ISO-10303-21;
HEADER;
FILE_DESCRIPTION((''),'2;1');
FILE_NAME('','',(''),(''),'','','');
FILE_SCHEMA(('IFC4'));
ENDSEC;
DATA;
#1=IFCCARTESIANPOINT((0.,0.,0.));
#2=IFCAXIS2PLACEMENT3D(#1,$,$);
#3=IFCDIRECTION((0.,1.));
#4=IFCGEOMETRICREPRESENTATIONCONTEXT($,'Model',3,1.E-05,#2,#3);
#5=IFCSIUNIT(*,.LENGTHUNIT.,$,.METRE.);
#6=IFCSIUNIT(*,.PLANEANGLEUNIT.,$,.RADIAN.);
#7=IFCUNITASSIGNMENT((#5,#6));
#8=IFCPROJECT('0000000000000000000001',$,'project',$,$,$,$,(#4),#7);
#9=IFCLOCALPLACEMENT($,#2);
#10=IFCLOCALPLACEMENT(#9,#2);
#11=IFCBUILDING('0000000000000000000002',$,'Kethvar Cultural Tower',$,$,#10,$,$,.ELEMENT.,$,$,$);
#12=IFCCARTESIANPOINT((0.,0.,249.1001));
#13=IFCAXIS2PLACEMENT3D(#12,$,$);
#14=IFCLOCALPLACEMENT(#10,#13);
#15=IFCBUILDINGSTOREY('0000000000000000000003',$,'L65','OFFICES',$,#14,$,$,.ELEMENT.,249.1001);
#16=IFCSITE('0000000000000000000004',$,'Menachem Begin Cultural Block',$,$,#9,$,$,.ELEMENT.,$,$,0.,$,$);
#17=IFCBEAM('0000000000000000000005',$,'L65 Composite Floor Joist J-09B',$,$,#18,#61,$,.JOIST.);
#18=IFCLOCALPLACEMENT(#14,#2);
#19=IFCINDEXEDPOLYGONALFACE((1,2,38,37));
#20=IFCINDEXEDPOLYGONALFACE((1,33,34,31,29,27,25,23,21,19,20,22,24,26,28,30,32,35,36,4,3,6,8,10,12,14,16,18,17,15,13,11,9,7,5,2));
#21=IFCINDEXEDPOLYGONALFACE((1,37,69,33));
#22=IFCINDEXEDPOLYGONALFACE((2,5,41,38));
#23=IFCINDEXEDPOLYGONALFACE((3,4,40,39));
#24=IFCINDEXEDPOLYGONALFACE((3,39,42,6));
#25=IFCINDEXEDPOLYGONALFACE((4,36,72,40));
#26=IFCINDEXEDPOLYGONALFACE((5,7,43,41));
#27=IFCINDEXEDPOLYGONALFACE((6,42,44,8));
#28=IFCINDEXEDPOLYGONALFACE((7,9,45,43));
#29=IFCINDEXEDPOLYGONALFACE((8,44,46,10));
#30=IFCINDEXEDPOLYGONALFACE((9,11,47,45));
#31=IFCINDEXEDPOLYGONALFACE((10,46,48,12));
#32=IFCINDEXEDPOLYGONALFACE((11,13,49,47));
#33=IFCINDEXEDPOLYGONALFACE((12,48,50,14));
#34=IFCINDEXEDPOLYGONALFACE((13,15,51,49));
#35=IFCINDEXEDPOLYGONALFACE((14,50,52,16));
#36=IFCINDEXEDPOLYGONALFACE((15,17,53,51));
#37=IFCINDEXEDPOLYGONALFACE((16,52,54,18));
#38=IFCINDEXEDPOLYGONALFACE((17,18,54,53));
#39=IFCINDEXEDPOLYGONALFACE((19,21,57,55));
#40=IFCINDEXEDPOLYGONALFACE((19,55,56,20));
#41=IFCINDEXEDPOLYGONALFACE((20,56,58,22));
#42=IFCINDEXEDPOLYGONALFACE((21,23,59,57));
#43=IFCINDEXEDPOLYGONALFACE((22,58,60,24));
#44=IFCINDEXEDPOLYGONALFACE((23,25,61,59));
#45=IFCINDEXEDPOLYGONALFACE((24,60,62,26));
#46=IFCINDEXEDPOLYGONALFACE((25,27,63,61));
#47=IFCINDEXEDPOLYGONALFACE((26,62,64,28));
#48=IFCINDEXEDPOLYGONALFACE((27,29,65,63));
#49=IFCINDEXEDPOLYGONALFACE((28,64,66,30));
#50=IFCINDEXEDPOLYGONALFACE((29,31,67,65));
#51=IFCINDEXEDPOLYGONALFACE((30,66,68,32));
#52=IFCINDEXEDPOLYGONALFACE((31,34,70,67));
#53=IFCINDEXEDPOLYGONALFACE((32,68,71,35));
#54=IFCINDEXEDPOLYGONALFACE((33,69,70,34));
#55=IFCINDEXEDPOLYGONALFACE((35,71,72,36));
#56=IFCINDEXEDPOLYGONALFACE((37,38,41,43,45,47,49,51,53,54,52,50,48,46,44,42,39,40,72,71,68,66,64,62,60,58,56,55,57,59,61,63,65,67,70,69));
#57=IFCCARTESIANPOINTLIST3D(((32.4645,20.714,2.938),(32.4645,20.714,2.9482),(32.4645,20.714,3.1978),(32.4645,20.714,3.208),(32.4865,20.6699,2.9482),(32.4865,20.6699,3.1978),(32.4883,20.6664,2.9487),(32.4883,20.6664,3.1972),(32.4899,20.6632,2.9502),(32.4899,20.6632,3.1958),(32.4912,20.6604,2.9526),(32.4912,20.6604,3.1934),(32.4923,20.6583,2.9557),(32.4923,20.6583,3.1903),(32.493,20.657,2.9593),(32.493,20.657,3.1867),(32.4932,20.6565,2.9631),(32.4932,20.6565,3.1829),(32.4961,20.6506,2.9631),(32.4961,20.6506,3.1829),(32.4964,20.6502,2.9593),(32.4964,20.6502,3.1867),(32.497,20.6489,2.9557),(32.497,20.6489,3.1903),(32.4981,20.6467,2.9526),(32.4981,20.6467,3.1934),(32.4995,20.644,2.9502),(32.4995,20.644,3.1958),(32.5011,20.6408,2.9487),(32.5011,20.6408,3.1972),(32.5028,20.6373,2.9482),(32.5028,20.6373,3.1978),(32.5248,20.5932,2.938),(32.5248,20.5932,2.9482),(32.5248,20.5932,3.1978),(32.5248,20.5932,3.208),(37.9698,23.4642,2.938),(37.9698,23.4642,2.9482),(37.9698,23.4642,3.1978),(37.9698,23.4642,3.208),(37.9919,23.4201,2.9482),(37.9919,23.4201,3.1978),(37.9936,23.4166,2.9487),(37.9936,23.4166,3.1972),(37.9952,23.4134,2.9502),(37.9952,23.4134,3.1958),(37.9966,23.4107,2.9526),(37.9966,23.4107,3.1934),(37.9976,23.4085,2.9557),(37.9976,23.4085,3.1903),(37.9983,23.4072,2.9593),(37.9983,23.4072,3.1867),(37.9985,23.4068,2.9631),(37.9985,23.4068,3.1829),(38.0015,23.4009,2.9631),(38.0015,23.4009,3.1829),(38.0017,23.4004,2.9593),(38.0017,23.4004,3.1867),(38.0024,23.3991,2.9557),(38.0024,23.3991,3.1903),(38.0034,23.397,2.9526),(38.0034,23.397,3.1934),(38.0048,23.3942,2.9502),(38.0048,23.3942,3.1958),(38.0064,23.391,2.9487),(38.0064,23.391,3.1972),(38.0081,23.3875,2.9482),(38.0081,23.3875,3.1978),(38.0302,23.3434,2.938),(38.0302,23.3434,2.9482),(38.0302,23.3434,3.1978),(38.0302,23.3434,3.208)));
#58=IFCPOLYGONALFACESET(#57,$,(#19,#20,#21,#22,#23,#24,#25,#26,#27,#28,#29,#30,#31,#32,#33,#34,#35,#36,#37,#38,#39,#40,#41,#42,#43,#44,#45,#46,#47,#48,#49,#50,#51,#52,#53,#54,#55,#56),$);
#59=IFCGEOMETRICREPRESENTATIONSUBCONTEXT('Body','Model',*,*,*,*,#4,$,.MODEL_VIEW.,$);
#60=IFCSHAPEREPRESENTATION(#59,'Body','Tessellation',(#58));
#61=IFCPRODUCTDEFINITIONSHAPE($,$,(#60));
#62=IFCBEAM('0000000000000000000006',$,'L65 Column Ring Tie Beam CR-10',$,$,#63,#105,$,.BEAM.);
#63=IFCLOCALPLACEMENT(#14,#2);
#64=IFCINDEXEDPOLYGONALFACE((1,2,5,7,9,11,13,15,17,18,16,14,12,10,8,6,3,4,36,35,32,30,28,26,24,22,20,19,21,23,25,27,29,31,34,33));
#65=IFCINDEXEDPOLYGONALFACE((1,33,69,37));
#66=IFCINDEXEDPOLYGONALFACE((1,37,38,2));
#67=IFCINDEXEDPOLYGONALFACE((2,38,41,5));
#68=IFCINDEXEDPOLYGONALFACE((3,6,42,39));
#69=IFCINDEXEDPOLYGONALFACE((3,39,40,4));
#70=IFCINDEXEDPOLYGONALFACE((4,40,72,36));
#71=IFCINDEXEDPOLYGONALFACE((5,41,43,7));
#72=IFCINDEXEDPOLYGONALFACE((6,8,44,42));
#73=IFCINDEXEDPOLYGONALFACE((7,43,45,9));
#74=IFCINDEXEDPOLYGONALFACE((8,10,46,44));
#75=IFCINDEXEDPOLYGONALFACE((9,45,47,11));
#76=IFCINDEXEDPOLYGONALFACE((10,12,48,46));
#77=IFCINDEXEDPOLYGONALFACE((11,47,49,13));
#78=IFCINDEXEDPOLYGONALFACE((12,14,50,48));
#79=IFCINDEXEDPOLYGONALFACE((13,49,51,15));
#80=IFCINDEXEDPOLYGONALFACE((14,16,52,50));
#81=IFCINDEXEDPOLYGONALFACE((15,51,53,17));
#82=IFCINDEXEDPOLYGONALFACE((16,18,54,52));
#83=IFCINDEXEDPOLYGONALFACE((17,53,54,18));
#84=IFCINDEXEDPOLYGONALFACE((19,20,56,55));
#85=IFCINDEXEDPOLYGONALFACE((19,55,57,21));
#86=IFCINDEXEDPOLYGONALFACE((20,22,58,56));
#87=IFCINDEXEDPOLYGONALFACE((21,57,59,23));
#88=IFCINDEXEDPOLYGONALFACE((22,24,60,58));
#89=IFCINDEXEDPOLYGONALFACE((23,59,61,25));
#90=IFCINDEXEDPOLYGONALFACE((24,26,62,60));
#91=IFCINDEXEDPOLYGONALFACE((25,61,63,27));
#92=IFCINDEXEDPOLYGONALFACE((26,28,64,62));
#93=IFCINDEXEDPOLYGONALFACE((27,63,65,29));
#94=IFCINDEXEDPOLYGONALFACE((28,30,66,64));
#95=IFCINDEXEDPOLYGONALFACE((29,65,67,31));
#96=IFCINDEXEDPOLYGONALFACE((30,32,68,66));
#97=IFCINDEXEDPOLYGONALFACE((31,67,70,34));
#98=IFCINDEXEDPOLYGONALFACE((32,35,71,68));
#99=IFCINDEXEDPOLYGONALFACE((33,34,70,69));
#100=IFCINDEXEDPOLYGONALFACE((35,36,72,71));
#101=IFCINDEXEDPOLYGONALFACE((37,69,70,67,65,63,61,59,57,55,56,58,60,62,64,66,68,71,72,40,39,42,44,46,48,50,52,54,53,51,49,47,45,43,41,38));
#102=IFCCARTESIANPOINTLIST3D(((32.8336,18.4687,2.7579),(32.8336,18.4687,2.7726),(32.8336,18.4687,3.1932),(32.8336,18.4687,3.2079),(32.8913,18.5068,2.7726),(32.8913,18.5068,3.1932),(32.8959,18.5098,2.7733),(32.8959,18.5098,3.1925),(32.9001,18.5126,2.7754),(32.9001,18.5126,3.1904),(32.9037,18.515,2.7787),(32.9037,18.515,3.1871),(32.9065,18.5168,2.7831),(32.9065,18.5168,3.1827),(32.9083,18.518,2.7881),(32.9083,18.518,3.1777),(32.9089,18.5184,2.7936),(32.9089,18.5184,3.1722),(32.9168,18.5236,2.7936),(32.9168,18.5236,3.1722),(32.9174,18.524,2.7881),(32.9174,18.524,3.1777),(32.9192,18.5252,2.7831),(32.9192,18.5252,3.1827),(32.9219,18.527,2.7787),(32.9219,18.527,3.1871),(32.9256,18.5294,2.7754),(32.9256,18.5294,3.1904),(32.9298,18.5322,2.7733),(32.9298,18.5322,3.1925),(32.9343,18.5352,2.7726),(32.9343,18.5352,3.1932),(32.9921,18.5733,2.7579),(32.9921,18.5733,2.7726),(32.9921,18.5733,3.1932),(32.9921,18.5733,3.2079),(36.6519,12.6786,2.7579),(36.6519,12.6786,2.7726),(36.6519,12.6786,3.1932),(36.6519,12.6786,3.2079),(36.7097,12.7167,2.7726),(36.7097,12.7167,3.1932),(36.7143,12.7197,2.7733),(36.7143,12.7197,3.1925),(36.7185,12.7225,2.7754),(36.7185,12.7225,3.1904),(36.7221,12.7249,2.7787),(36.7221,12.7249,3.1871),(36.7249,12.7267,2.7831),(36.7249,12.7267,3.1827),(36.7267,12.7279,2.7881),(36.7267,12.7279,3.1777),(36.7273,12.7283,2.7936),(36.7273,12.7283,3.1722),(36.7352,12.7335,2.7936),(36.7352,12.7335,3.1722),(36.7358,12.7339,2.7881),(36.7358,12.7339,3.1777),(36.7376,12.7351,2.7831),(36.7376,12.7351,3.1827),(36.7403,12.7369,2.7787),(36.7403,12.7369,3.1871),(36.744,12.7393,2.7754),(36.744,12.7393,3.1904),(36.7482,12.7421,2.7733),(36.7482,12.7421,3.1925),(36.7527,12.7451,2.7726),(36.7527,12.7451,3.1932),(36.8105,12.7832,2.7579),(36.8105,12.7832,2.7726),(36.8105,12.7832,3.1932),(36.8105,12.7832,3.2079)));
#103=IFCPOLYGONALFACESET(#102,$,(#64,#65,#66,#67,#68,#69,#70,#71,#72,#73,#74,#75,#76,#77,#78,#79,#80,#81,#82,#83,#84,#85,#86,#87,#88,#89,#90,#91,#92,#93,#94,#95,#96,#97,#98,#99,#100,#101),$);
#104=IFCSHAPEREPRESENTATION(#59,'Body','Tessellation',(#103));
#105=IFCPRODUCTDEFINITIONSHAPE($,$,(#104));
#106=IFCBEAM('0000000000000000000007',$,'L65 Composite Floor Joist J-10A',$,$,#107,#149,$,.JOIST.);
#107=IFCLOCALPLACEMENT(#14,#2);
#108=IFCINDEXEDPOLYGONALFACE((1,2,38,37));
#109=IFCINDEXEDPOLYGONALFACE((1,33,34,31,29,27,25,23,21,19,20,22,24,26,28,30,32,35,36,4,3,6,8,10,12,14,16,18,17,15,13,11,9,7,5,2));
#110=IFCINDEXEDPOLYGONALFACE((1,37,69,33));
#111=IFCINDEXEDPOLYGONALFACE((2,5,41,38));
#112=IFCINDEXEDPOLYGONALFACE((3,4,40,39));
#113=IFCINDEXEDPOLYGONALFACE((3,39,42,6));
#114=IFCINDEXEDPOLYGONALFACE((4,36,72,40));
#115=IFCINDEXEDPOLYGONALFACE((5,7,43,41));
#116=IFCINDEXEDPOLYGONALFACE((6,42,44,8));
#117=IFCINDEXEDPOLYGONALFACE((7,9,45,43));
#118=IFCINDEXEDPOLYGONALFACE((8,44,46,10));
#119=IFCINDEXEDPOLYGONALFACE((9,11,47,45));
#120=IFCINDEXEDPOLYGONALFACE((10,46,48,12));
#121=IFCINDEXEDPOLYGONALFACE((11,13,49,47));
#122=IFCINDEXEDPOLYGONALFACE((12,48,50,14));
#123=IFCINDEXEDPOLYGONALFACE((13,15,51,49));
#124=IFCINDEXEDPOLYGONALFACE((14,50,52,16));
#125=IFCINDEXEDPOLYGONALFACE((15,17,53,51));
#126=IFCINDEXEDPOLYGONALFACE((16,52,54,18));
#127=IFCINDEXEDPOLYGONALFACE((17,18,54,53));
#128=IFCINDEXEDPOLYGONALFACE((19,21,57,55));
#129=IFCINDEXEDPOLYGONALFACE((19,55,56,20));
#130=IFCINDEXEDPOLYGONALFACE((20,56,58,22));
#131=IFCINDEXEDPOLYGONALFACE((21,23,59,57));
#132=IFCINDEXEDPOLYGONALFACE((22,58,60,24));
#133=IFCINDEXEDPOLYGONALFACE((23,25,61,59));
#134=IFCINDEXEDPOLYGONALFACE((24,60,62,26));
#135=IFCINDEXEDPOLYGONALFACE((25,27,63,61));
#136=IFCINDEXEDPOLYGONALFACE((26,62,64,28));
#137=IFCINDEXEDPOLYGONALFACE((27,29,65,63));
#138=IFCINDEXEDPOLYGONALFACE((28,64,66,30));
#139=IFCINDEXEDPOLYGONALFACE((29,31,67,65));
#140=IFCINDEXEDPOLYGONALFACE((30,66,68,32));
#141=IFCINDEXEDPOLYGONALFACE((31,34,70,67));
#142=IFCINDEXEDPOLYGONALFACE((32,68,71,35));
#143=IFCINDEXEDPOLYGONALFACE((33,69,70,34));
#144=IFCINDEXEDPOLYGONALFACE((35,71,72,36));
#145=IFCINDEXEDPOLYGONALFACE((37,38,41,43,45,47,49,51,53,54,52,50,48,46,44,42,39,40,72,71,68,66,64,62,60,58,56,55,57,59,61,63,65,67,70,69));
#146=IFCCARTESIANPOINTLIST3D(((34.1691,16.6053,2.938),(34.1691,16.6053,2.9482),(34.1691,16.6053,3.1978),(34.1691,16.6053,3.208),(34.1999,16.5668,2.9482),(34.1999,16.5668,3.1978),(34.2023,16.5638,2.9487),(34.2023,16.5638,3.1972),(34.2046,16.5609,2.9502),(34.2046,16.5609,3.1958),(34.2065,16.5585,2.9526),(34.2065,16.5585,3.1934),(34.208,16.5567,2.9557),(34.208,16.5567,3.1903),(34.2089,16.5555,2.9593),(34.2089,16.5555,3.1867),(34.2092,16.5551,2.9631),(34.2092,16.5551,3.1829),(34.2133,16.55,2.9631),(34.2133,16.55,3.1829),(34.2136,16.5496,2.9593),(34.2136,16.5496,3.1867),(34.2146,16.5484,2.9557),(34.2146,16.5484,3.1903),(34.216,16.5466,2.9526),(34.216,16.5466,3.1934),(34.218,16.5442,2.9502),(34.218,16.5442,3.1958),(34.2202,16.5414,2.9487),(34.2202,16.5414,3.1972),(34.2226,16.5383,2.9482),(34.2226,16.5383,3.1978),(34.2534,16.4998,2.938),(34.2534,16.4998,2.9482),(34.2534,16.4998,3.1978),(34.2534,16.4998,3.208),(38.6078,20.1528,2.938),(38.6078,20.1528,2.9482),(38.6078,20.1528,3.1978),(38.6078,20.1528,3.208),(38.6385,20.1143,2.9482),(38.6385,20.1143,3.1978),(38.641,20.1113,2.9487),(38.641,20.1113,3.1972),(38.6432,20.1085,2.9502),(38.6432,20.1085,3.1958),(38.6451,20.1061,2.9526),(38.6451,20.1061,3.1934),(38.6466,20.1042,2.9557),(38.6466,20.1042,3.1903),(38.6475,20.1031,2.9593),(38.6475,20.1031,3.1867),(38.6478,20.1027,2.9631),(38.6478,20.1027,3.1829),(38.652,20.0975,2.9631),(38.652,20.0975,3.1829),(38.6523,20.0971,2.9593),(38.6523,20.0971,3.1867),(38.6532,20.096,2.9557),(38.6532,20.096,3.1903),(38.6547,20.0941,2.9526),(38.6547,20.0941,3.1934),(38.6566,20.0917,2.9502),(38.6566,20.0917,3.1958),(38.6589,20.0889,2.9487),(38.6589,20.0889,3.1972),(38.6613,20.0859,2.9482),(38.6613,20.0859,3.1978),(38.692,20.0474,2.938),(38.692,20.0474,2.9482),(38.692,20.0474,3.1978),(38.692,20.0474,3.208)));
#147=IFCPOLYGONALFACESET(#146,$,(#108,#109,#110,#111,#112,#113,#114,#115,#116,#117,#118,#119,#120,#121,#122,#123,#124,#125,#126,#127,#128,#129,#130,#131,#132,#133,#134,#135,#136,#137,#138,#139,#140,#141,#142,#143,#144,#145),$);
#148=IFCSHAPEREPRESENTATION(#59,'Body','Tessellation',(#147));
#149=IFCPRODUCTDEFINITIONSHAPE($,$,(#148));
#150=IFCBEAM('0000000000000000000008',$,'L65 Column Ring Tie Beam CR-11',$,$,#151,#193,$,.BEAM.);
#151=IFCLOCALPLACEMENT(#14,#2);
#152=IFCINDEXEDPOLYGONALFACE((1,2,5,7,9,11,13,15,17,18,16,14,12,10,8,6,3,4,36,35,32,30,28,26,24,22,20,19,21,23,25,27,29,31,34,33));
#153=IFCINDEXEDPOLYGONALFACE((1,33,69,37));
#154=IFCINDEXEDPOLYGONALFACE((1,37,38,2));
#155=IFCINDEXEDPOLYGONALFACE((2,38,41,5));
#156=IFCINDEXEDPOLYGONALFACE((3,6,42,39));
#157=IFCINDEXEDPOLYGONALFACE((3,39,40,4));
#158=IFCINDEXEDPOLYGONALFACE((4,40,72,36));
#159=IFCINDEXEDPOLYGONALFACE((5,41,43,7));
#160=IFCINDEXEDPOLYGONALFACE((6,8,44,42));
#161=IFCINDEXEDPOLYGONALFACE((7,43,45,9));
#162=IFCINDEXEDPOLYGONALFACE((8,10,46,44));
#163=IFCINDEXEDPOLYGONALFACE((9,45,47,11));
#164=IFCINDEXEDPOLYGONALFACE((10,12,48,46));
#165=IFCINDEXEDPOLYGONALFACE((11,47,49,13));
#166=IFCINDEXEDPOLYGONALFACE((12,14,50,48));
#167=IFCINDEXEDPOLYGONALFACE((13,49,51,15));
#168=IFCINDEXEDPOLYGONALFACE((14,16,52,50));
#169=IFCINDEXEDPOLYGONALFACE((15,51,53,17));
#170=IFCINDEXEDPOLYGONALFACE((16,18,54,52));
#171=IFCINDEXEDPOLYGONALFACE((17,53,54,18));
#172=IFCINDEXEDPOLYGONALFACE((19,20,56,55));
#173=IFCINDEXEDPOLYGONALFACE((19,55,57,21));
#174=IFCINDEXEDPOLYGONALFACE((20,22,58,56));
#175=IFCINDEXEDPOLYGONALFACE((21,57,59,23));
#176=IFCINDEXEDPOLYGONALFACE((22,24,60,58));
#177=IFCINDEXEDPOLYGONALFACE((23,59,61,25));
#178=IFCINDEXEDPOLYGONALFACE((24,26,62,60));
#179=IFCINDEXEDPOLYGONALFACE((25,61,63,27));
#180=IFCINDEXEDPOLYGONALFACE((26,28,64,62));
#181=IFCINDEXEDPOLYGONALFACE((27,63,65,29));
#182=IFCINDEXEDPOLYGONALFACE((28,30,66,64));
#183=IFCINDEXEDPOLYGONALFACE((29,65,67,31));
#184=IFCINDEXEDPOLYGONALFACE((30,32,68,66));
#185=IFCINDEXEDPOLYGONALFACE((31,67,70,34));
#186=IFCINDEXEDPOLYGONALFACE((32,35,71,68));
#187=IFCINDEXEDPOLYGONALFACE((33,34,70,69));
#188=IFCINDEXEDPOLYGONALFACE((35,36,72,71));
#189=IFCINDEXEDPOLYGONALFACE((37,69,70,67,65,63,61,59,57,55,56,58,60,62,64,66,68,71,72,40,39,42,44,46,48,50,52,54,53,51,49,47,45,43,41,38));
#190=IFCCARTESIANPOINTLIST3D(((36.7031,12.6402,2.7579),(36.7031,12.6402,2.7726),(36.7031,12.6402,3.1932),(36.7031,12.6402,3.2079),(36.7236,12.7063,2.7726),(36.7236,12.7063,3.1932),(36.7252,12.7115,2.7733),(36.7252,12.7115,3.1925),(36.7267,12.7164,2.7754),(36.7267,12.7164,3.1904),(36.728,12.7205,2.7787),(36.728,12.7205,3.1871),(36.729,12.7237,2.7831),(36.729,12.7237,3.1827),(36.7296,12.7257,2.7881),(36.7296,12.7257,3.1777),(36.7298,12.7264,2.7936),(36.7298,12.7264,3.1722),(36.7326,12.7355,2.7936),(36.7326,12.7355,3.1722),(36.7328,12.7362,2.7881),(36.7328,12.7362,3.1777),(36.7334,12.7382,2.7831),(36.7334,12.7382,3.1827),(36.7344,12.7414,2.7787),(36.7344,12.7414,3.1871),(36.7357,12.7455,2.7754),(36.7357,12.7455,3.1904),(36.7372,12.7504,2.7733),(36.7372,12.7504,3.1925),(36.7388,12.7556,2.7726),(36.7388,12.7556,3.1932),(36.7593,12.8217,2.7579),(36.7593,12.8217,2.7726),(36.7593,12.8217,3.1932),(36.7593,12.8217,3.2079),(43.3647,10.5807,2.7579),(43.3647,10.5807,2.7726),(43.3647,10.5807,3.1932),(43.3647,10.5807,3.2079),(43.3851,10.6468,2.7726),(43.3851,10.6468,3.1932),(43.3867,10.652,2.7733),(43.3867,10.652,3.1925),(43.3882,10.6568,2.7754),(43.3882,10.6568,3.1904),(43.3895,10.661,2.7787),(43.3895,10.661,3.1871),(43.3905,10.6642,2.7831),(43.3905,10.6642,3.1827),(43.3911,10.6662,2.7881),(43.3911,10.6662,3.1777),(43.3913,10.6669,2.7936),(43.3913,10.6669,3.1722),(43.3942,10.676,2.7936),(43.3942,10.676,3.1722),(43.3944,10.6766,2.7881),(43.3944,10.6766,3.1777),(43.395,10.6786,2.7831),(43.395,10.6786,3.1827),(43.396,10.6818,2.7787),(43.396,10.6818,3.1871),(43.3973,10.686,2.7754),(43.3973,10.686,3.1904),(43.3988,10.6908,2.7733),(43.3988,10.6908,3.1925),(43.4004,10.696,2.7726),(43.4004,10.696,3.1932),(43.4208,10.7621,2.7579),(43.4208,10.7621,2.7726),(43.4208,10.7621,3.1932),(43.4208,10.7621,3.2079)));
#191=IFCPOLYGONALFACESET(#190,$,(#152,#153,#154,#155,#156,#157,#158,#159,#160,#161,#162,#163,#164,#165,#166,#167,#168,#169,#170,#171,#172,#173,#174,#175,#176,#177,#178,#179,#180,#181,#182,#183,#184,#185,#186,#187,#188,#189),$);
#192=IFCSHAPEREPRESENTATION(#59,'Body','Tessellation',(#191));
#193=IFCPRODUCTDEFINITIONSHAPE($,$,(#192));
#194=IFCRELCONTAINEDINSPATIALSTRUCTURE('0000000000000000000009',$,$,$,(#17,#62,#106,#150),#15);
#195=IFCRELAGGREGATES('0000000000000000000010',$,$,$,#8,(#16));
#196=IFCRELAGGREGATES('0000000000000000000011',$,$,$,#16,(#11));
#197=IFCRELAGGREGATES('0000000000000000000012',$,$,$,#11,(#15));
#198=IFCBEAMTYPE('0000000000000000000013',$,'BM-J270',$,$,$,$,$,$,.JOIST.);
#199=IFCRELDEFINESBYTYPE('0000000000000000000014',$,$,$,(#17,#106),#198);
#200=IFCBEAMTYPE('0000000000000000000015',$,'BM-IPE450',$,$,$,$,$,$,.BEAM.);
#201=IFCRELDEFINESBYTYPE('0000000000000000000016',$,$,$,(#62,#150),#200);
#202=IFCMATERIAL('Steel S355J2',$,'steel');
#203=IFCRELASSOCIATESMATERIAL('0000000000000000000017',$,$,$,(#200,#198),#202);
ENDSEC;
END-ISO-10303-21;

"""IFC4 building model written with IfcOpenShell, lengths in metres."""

from ifc_helpers import new_model, si_unit, direction, frame, origin, origin_2d, place, context, subcontext, project, spatial, i_section, extrude, source, transform, mapped, material, material_profile, profile_set, type_object, element, save


model = new_model("IFC4")

# Units and contexts
model_context = context("Model", 3, precision=1e-05, world=origin(), true_north=direction((0.0, 1.0)))
body_context = subcontext(model_context, "Body", "Model", "MODEL_VIEW")
ifc_project = project(units=[si_unit("LENGTHUNIT", "METRE"), si_unit("PLANEANGLEUNIT", "RADIAN")], contexts=[model_context])

# Site, building, storey
site_placement = place(None, origin())
site = spatial("IfcSite", under=ifc_project, at=site_placement, Name="Menachem Begin Cultural Block", CompositionType="ELEMENT", RefElevation=0.0)
building_placement = place(site_placement, origin())
building = spatial("IfcBuilding", under=site, at=building_placement, Name="Kethvar Cultural Tower", CompositionType="ELEMENT")
storey_placement = place(building_placement, frame((0.0, 0.0, 249.1001)))
storey = spatial("IfcBuildingStorey", under=building, at=storey_placement, Name="L65", Description="OFFICES", CompositionType="ELEMENT", Elevation=249.1001)

# Beams
ifc_material_1 = material(Name="Steel S355J2", Category="steel")
ifc_material_profile_1 = material_profile(ifc_material_1, i_section(OverallWidth=0.1899, OverallDepth=0.45, WebThickness=0.0095, FlangeThickness=0.0146, FilletRadius=0.021, at=origin_2d()), Name="Steel S355J2 — IPE450")
ifc_profile_set_1 = profile_set([ifc_material_profile_1], Name="Steel S355J2 — IPE450")
beam_type_1 = type_object("IfcBeamType", Name="BM-IPE450", PredefinedType="BEAM", material=ifc_profile_set_1)
ifc_material_profile_2 = material_profile(ifc_material_1, i_section(OverallWidth=0.135, OverallDepth=0.27, WebThickness=0.0066, FlangeThickness=0.0103, FilletRadius=0.0149, at=origin_2d()), Name="Steel S355J2 — IPE270")
ifc_profile_set_2 = profile_set([ifc_material_profile_2], Name="Steel S355J2 — IPE270")
beam_type_2 = type_object("IfcBeamType", Name="BM-J270", PredefinedType="JOIST", material=ifc_profile_set_2)
shared_shape_1 = source(origin(), body_context, "Body", "SweptSolid", [
    extrude(i_section(OverallWidth=0.135, OverallDepth=0.27, WebThickness=0.0066, FlangeThickness=0.0103, FilletRadius=0.0149, at=origin_2d()), origin(), (0.0, 0.0, 1.0), 6.1541),
])
beam_1_placement = place(storey_placement, frame((38.0, 23.4038, 3.073), z_axis=(-0.894586, -0.446896, 0.0), x_axis=(0.446896, -0.894586, 0.0)))
element("IfcBeam", 1, at=beam_1_placement, inside=storey, type_object=beam_type_2, Name="L65 Composite Floor Joist J-09B", PredefinedType="JOIST", context=body_context, shape_type="MappedRepresentation", body=[
    mapped(shared_shape_1, transform((0.0, 0.0, 0.0), scale=1.0)),
])
shared_shape_2 = source(origin(), body_context, "Body", "SweptSolid", [
    extrude(i_section(OverallWidth=0.1899, OverallDepth=0.45, WebThickness=0.0095, FlangeThickness=0.0146, FilletRadius=0.021, at=origin_2d()), origin(), (0.0, 0.0, 1.0), 6.9358),
])
beam_2_placement = place(storey_placement, frame((32.9128, 18.521, 2.9829), z_axis=(0.550534, -0.834813, 0.0), x_axis=(0.834813, 0.550534, 0.0)))
element("IfcBeam", 2, at=beam_2_placement, inside=storey, type_object=beam_type_1, Name="L65 Column Ring Tie Beam CR-10", PredefinedType="BEAM", context=body_context, shape_type="MappedRepresentation", body=[
    mapped(shared_shape_2, transform((0.0, 0.0, 0.0), scale=1.0)),
])
shared_shape_3 = source(origin(), body_context, "Body", "SweptSolid", [
    extrude(i_section(OverallWidth=0.135, OverallDepth=0.27, WebThickness=0.0066, FlangeThickness=0.0103, FilletRadius=0.0149, at=origin_2d()), origin(), (0.0, 0.0, 1.0), 5.6821),
])
beam_3_placement = place(storey_placement, frame((38.6499, 20.1001, 3.073), z_axis=(-0.781158, -0.624333, 0.0), x_axis=(0.624333, -0.781158, 0.0)))
element("IfcBeam", 3, at=beam_3_placement, inside=storey, type_object=beam_type_2, Name="L65 Composite Floor Joist J-10A", PredefinedType="JOIST", context=body_context, shape_type="MappedRepresentation", body=[
    mapped(shared_shape_3, transform((0.0, 0.0, 0.0), scale=1.0)),
])
shared_shape_4 = source(origin(), body_context, "Body", "SweptSolid", [
    extrude(i_section(OverallWidth=0.1899, OverallDepth=0.45, WebThickness=0.0095, FlangeThickness=0.0146, FilletRadius=0.021, at=origin_2d()), origin(), (0.0, 0.0, 1.0), 6.9727),
])
beam_4_placement = place(storey_placement, frame((36.7312, 12.731, 2.9829), z_axis=(0.955381, -0.295375, 0.0), x_axis=(0.295375, 0.955381, 0.0)))
element("IfcBeam", 4, at=beam_4_placement, inside=storey, type_object=beam_type_1, Name="L65 Column Ring Tie Beam CR-11", PredefinedType="BEAM", context=body_context, shape_type="MappedRepresentation", body=[
    mapped(shared_shape_4, transform((0.0, 0.0, 0.0), scale=1.0)),
])

save(model, "model.ifc")
